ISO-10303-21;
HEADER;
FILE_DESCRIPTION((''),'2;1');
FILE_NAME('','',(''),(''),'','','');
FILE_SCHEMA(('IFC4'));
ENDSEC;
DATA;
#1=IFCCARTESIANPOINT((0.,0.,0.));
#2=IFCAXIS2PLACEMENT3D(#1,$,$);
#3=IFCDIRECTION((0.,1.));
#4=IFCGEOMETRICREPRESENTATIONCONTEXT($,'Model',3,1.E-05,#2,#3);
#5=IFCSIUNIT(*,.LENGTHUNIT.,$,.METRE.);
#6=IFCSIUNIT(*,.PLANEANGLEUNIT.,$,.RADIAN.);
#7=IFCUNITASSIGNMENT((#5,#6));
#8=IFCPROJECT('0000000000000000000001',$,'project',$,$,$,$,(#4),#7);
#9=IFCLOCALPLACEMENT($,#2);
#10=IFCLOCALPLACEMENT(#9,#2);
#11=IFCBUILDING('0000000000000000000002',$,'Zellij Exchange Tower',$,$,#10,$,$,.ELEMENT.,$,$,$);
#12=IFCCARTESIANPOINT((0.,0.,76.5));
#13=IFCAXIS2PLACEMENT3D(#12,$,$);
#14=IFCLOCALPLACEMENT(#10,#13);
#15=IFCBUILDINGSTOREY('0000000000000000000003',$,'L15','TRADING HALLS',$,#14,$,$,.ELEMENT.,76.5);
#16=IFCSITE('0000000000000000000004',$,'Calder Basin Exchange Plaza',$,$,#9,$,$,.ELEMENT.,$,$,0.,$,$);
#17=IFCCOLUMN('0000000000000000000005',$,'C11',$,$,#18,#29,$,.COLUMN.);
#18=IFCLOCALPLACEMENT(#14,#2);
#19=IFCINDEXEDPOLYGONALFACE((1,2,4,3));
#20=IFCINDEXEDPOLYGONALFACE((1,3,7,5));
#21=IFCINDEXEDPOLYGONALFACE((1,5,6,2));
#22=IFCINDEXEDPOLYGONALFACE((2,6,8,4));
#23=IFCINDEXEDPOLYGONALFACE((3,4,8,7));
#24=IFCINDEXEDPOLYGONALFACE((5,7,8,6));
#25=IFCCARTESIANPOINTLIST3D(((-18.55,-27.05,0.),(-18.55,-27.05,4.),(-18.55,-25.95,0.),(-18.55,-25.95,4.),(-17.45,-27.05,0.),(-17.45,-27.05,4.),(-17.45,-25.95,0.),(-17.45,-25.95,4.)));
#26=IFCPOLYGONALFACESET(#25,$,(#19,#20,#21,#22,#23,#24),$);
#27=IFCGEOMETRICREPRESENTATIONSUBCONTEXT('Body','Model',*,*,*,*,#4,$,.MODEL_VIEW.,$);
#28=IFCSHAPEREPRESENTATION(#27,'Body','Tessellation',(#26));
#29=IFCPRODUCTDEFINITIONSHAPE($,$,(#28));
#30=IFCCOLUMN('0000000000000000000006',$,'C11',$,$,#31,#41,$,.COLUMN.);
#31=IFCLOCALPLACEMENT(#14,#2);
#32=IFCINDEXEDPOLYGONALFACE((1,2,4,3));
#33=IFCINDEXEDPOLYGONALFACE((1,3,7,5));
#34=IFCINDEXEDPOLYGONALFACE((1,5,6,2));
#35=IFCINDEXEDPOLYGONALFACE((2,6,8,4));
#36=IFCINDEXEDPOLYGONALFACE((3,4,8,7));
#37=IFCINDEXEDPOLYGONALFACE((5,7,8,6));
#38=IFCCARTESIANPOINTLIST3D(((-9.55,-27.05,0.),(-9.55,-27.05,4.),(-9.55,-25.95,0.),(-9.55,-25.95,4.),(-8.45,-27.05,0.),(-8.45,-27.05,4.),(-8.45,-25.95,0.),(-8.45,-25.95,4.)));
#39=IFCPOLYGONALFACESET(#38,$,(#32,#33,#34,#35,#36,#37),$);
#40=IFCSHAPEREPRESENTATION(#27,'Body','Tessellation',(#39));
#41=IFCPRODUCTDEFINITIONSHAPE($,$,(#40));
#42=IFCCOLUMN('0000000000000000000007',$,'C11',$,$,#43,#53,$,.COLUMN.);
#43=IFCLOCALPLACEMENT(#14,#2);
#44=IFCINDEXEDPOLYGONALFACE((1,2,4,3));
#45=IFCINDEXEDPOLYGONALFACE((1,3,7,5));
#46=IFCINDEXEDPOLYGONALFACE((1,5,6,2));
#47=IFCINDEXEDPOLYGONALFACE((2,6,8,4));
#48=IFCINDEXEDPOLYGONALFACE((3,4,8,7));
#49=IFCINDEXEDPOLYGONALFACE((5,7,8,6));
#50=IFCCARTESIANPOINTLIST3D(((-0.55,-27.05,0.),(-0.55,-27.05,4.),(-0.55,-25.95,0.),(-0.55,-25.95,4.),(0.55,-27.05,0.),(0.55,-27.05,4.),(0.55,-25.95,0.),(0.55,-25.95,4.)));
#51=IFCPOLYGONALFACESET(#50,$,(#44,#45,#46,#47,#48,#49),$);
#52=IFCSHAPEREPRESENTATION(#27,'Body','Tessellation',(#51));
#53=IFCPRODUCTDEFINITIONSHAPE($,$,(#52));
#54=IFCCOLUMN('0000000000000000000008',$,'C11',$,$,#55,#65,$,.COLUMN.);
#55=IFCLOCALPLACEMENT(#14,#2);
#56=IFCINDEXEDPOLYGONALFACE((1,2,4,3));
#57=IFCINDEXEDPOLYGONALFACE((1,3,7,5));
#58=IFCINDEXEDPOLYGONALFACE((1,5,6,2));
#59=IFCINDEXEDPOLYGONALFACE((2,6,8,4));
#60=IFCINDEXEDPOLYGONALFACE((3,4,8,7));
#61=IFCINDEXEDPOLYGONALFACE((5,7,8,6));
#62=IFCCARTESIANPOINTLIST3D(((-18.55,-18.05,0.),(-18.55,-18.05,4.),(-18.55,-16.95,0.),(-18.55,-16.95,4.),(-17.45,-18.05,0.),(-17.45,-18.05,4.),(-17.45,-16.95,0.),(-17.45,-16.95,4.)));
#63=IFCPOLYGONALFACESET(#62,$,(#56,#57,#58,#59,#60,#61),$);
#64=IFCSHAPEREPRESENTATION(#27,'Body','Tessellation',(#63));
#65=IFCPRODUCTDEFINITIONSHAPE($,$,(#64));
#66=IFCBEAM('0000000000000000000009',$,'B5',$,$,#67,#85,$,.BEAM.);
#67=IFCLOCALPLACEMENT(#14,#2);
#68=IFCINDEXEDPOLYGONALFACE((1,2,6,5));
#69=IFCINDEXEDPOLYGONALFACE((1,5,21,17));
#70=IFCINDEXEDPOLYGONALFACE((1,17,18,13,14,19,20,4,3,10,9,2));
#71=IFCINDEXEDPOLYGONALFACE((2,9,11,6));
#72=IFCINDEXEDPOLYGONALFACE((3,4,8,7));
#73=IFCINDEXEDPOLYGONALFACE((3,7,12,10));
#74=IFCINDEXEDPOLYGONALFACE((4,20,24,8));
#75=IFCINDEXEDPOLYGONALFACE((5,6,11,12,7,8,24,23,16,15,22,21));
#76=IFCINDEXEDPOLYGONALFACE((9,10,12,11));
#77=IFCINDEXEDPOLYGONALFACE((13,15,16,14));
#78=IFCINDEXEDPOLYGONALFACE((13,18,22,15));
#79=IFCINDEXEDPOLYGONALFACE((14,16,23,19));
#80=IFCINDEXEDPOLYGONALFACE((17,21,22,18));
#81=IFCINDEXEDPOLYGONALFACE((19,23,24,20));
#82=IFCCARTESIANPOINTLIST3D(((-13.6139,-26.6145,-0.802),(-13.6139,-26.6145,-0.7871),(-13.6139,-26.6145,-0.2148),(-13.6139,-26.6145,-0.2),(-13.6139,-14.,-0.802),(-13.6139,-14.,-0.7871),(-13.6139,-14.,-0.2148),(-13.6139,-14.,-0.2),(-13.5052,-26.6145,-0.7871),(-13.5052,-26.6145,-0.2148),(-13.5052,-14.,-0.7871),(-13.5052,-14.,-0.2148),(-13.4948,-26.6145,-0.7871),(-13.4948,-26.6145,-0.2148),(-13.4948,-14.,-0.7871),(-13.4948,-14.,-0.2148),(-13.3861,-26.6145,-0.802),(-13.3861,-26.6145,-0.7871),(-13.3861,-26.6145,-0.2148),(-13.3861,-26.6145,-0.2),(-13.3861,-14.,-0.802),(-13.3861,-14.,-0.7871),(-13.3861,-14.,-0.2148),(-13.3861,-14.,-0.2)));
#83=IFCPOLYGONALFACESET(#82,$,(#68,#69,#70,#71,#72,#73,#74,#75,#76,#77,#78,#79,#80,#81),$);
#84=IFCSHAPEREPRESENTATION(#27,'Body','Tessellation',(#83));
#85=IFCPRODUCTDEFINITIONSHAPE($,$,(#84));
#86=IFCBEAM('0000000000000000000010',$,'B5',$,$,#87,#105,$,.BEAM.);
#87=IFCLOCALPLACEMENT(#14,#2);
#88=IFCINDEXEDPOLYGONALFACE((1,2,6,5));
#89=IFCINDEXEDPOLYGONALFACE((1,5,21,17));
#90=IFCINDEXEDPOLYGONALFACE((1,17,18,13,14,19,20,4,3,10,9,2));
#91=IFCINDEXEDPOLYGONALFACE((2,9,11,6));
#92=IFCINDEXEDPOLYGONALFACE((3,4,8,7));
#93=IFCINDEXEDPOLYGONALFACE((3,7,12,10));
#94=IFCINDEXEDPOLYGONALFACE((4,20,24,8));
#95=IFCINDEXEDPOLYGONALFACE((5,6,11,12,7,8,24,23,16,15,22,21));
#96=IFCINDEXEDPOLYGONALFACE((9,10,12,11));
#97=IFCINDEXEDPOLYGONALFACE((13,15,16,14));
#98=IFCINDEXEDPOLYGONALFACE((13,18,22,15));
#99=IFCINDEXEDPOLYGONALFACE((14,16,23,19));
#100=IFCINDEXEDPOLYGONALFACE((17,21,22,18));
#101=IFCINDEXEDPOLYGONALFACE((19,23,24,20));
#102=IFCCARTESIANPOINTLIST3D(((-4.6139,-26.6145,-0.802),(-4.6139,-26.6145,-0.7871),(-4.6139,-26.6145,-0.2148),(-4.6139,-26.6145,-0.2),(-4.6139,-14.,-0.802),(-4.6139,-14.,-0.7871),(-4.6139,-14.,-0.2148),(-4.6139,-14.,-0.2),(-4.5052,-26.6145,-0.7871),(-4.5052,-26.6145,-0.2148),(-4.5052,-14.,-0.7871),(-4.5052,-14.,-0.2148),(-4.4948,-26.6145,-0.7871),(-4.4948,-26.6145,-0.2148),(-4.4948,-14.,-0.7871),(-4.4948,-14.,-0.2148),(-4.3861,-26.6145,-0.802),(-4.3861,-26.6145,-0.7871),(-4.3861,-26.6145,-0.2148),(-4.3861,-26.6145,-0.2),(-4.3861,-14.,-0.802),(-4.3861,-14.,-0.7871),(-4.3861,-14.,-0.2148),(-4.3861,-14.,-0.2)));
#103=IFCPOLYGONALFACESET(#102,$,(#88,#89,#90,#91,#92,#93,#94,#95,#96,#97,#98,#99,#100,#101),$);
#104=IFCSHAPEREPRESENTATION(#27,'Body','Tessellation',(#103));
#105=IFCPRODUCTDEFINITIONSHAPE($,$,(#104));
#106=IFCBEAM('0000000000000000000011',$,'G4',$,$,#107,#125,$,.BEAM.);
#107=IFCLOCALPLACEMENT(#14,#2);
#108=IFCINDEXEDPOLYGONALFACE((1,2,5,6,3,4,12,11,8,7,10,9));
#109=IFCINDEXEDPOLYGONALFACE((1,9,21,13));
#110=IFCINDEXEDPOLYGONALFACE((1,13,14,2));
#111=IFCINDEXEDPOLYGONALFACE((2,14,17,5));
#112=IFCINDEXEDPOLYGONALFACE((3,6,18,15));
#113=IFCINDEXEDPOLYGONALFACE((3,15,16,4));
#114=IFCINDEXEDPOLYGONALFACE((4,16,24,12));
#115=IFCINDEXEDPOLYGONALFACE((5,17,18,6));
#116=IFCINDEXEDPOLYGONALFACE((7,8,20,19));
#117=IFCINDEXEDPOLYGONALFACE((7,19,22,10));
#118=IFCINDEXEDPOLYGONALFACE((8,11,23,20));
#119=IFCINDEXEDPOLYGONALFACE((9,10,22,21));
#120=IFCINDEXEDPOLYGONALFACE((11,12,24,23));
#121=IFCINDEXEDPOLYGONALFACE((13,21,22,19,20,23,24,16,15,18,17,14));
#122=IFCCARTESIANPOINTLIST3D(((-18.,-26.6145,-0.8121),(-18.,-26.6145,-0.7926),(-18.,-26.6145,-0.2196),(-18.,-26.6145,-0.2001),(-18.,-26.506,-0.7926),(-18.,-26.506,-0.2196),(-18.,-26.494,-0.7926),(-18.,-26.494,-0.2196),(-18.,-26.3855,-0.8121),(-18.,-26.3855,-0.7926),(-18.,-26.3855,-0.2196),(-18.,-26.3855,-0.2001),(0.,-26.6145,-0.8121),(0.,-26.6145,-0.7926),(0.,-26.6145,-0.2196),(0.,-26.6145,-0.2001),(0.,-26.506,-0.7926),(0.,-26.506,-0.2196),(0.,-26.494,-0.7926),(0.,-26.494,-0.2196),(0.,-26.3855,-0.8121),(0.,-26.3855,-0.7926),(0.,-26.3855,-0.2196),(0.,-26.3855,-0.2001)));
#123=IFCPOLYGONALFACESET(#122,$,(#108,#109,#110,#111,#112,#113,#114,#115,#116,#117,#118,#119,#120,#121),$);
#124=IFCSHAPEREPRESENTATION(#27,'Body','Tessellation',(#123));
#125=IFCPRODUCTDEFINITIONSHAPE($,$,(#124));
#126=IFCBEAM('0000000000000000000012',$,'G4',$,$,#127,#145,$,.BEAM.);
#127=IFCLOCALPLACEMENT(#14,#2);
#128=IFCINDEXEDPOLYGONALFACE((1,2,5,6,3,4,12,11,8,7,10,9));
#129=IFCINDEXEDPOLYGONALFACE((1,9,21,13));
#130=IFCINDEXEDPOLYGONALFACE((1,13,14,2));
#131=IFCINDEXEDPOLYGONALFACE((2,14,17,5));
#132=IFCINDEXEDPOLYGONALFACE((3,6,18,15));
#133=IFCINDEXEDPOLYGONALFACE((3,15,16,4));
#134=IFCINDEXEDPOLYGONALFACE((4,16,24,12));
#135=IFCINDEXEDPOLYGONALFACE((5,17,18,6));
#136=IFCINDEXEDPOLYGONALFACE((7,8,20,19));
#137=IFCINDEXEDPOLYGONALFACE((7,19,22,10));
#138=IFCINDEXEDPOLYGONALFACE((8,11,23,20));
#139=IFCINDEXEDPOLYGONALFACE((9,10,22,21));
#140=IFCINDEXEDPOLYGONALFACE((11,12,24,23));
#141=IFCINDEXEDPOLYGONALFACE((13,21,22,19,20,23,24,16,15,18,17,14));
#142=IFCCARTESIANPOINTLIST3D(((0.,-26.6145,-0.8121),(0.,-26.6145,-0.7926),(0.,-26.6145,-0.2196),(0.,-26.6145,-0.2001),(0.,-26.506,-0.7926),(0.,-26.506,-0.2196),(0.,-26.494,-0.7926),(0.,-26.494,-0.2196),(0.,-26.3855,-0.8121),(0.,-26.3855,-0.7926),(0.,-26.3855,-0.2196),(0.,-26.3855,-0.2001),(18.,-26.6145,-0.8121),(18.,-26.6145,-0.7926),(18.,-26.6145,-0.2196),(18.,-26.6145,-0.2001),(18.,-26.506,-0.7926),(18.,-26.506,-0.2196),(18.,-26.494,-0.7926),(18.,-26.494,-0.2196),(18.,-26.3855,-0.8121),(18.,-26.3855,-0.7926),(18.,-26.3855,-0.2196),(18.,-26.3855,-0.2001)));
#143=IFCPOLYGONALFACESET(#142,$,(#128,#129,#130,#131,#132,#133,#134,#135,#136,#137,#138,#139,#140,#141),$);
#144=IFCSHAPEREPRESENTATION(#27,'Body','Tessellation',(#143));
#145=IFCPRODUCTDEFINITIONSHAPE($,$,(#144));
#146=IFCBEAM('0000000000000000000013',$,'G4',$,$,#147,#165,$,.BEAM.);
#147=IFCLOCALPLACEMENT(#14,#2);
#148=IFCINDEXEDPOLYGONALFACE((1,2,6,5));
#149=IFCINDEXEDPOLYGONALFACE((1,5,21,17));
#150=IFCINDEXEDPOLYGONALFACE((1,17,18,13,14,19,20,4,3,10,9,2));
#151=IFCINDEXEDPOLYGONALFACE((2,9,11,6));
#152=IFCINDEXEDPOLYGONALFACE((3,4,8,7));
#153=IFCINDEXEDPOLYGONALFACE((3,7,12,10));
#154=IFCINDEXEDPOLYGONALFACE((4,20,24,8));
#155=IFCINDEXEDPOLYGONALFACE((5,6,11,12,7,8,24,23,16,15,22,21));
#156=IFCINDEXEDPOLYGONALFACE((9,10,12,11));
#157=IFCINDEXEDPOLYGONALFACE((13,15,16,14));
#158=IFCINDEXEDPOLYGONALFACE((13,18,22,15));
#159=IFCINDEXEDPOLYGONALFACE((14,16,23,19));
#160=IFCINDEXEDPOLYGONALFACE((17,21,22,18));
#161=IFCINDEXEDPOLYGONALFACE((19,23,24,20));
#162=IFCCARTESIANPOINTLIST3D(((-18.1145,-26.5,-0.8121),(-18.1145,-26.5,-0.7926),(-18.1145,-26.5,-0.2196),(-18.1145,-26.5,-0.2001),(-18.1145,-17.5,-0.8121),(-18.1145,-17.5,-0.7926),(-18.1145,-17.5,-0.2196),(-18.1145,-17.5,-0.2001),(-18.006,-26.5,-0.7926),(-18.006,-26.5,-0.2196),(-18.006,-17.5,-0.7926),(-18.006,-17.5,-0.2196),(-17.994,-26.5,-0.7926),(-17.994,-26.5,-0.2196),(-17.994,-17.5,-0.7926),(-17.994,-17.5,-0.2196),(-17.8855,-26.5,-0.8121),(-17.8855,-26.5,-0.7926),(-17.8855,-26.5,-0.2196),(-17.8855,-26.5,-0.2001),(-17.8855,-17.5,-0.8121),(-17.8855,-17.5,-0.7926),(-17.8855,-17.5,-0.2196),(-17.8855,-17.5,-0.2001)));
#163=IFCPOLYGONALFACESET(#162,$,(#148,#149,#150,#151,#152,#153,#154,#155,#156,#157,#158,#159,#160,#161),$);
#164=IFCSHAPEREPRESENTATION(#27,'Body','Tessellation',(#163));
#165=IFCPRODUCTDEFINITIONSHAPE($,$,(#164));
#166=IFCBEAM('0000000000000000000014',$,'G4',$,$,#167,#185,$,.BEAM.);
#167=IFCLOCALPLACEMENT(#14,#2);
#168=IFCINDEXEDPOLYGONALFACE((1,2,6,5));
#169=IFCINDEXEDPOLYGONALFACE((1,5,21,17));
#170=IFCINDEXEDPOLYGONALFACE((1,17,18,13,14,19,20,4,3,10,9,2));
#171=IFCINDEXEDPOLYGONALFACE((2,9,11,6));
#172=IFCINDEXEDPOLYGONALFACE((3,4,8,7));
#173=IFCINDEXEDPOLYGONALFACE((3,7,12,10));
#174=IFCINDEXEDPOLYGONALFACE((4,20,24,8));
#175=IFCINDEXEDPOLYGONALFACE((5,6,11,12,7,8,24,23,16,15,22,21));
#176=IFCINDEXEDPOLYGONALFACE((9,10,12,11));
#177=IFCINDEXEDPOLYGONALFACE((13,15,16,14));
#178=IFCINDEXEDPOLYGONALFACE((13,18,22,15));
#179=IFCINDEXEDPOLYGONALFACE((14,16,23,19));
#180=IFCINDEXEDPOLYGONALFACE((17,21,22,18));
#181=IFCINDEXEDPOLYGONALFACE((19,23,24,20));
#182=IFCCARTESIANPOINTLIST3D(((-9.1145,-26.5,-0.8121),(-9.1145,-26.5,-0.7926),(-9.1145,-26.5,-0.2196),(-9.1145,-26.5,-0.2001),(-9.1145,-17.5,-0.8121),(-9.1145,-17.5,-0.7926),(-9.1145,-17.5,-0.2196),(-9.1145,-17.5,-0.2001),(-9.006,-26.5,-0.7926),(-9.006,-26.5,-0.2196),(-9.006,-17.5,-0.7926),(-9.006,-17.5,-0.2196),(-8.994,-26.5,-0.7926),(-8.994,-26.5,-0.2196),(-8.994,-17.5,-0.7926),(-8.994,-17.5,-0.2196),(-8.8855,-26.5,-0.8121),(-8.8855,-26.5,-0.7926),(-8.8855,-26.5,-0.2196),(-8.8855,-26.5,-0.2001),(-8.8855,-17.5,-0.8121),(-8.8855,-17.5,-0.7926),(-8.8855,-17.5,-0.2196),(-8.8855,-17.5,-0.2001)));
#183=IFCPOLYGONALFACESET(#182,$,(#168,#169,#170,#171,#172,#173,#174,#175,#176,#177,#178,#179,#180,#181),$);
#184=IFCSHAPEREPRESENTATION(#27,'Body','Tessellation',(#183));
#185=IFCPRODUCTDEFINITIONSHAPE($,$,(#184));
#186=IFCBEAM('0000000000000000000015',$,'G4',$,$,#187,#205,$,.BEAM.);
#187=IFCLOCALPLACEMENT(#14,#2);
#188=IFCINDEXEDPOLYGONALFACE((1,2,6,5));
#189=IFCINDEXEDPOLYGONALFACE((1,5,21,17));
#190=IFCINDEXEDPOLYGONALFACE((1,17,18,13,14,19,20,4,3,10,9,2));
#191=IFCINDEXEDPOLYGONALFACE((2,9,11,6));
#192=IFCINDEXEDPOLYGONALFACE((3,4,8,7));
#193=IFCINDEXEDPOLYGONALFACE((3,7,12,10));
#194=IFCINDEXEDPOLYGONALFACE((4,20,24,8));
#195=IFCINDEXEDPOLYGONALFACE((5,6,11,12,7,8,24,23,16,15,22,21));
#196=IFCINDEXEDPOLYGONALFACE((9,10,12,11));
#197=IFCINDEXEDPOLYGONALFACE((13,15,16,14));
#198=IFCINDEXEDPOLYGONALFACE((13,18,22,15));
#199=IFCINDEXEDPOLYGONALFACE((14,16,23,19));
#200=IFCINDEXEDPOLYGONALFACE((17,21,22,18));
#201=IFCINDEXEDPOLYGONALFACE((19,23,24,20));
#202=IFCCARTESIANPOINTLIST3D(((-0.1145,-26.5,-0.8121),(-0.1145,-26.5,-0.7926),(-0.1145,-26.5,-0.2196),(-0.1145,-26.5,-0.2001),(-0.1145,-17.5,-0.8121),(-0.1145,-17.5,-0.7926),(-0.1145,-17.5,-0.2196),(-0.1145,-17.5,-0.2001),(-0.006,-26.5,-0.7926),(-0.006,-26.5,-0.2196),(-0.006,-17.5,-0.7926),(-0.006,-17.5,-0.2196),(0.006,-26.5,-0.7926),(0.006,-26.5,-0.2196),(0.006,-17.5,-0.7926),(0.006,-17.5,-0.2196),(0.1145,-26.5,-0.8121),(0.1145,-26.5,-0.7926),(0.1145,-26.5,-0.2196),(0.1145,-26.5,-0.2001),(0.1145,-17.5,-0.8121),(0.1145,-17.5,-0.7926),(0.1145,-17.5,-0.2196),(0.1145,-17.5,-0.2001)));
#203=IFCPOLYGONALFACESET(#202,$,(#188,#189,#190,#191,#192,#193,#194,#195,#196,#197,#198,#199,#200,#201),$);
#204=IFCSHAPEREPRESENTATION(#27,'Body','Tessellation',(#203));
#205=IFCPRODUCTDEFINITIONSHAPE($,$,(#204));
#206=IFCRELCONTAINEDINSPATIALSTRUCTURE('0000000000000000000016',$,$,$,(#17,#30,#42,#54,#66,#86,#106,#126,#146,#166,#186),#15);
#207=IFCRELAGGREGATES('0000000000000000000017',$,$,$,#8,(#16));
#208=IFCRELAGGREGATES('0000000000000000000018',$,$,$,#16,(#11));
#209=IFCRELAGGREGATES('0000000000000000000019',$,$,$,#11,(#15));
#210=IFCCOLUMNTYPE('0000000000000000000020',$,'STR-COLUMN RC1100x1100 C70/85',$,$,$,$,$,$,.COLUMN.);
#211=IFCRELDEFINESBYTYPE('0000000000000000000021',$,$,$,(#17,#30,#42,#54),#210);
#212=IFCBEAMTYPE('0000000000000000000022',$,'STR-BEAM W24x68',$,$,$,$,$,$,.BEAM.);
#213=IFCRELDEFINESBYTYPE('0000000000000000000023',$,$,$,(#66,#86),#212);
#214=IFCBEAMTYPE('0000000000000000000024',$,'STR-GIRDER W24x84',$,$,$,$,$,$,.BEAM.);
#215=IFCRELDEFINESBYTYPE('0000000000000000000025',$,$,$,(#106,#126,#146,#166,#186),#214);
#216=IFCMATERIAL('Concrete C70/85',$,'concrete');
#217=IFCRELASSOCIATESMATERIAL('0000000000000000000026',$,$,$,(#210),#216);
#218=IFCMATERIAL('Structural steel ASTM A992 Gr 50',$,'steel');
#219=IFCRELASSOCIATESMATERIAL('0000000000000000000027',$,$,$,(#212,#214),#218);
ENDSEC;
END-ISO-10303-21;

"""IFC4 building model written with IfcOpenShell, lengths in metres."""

from ifc_helpers import new_model, si_unit, direction, frame, origin, origin_2d, place, context, subcontext, project, spatial, rectangle, i_section, extrude, material, material_profile, profile_set, type_object, element, save


model = new_model("IFC4")

# Units and contexts
model_context = context("Model", 3, precision=1e-05, world=origin(), true_north=direction((0.0, 1.0)))
body_context = subcontext(model_context, "Body", "Model", "MODEL_VIEW")
ifc_project = project(units=[si_unit("LENGTHUNIT", "METRE"), si_unit("PLANEANGLEUNIT", "RADIAN")], contexts=[model_context])

# Site, building, storey
site_placement = place(None, origin())
site = spatial("IfcSite", under=ifc_project, at=site_placement, Name="Calder Basin Exchange Plaza", CompositionType="ELEMENT", RefElevation=0.0)
building_placement = place(site_placement, origin())
building = spatial("IfcBuilding", under=site, at=building_placement, Name="Zellij Exchange Tower", CompositionType="ELEMENT")
storey_placement = place(building_placement, frame((0.0, 0.0, 76.5)))
storey = spatial("IfcBuildingStorey", under=building, at=storey_placement, Name="L15", Description="TRADING HALLS", CompositionType="ELEMENT", Elevation=76.5)

# Columns
ifc_material_1 = material(Name="Concrete C70/85", Category="concrete")
ifc_material_profile_1 = material_profile(ifc_material_1, rectangle(XDim=1.1001, YDim=1.1001, at=origin_2d()), Name="STR-COLUMN RC1100x1100 C70/85")
ifc_profile_set_1 = profile_set([ifc_material_profile_1], Name="Concrete C70/85")
column_type = type_object("IfcColumnType", Name="STR-COLUMN RC1100x1100 C70/85", PredefinedType="COLUMN", material=ifc_profile_set_1)
for number, where, z_axis, x_axis, name in (
    (1, (-18.0, -26.5, 0.0), (0.0, 0.0, 1.0), (1.0, 0.0, 0.0), "C11"),
    (2, (-9.0, -26.5, 0.0), (0.0, 0.0, 1.0), (1.0, 0.0, 0.0), "C11"),
    (3, (0.0, -26.5, 0.0), (0.0, 0.0, 1.0), (1.0, 0.0, 0.0), "C11"),
    (4, (-18.0, -17.5, 0.0), (0.0, 0.0, 1.0), (1.0, 0.0, 0.0), "C11"),
):
    element("IfcColumn", number, at=place(storey_placement, frame(where, z_axis=z_axis, x_axis=x_axis)), inside=storey, type_object=column_type, Name=name, PredefinedType="COLUMN", context=body_context, shape_type="SweptSolid", body=[
        extrude(rectangle(XDim=1.1001, YDim=1.1001, at=origin_2d()), origin(), (0.0, 0.0, 1.0), 4.0),
    ])

# Beams
ifc_material_2 = material(Name="Structural steel ASTM A992 Gr 50", Category="steel")
ifc_material_profile_2 = material_profile(ifc_material_2, i_section(OverallWidth=0.2278, OverallDepth=0.6021, WebThickness=0.0105, FlangeThickness=0.0149, at=origin_2d()), Name="W24x68")
ifc_profile_set_2 = profile_set([ifc_material_profile_2], Name="Structural steel ASTM A992 Gr 50")
beam_type_1 = type_object("IfcBeamType", Name="STR-BEAM W24x68", PredefinedType="BEAM", material=ifc_profile_set_2)
for number, where, z_axis, x_axis, name in (
    (5, (-13.5, -26.6145, -0.501), (0.0, 1.0, 0.0), (-1.0, 0.0, 0.0), "B5"),
    (6, (-4.5, -26.6145, -0.501), (0.0, 1.0, 0.0), (-1.0, 0.0, 0.0), "B5"),
):
    element("IfcBeam", number, at=place(storey_placement, frame(where, z_axis=z_axis, x_axis=x_axis)), inside=storey, type_object=beam_type_1, Name=name, PredefinedType="BEAM", context=body_context, shape_type="SweptSolid", body=[
        extrude(i_section(OverallWidth=0.2278, OverallDepth=0.6021, WebThickness=0.0105, FlangeThickness=0.0149, at=origin_2d()), origin(), (0.0, 0.0, 1.0), 12.6145),
    ])
ifc_material_profile_3 = material_profile(ifc_material_2, i_section(OverallWidth=0.229, OverallDepth=0.6121, WebThickness=0.012, FlangeThickness=0.0195, at=origin_2d()), Name="W24x84")
ifc_profile_set_3 = profile_set([ifc_material_profile_3], Name="Structural steel ASTM A992 Gr 50")
beam_type_2 = type_object("IfcBeamType", Name="STR-GIRDER W24x84", PredefinedType="BEAM", material=ifc_profile_set_3)
for number, where, z_axis, x_axis, name in (
    (7, (-18.0, -26.5, -0.5061), (1.0, 0.0, 0.0), (0.0, 1.0, 0.0), "G4"),
    (8, (0.0, -26.5, -0.5061), (1.0, 0.0, 0.0), (0.0, 1.0, 0.0), "G4"),
):
    element("IfcBeam", number, at=place(storey_placement, frame(where, z_axis=z_axis, x_axis=x_axis)), inside=storey, type_object=beam_type_2, Name=name, PredefinedType="BEAM", context=body_context, shape_type="SweptSolid", body=[
        extrude(i_section(OverallWidth=0.229, OverallDepth=0.6121, WebThickness=0.012, FlangeThickness=0.0195, at=origin_2d()), origin(), (0.0, 0.0, 1.0), 18.0),
    ])
for number, where, z_axis, x_axis, name in (
    (9, (-18.0, -26.5, -0.5061), (0.0, 1.0, 0.0), (-1.0, 0.0, 0.0), "G4"),
    (10, (-9.0, -26.5, -0.5061), (0.0, 1.0, 0.0), (-1.0, 0.0, 0.0), "G4"),
    (11, (0.0, -26.5, -0.5061), (0.0, 1.0, 0.0), (-1.0, 0.0, 0.0), "G4"),
):
    element("IfcBeam", number, at=place(storey_placement, frame(where, z_axis=z_axis, x_axis=x_axis)), inside=storey, type_object=beam_type_2, Name=name, PredefinedType="BEAM", context=body_context, shape_type="SweptSolid", body=[
        extrude(i_section(OverallWidth=0.229, OverallDepth=0.6121, WebThickness=0.012, FlangeThickness=0.0195, at=origin_2d()), origin(), (0.0, 0.0, 1.0), 9.0),
    ])

save(model, "model.ifc")
